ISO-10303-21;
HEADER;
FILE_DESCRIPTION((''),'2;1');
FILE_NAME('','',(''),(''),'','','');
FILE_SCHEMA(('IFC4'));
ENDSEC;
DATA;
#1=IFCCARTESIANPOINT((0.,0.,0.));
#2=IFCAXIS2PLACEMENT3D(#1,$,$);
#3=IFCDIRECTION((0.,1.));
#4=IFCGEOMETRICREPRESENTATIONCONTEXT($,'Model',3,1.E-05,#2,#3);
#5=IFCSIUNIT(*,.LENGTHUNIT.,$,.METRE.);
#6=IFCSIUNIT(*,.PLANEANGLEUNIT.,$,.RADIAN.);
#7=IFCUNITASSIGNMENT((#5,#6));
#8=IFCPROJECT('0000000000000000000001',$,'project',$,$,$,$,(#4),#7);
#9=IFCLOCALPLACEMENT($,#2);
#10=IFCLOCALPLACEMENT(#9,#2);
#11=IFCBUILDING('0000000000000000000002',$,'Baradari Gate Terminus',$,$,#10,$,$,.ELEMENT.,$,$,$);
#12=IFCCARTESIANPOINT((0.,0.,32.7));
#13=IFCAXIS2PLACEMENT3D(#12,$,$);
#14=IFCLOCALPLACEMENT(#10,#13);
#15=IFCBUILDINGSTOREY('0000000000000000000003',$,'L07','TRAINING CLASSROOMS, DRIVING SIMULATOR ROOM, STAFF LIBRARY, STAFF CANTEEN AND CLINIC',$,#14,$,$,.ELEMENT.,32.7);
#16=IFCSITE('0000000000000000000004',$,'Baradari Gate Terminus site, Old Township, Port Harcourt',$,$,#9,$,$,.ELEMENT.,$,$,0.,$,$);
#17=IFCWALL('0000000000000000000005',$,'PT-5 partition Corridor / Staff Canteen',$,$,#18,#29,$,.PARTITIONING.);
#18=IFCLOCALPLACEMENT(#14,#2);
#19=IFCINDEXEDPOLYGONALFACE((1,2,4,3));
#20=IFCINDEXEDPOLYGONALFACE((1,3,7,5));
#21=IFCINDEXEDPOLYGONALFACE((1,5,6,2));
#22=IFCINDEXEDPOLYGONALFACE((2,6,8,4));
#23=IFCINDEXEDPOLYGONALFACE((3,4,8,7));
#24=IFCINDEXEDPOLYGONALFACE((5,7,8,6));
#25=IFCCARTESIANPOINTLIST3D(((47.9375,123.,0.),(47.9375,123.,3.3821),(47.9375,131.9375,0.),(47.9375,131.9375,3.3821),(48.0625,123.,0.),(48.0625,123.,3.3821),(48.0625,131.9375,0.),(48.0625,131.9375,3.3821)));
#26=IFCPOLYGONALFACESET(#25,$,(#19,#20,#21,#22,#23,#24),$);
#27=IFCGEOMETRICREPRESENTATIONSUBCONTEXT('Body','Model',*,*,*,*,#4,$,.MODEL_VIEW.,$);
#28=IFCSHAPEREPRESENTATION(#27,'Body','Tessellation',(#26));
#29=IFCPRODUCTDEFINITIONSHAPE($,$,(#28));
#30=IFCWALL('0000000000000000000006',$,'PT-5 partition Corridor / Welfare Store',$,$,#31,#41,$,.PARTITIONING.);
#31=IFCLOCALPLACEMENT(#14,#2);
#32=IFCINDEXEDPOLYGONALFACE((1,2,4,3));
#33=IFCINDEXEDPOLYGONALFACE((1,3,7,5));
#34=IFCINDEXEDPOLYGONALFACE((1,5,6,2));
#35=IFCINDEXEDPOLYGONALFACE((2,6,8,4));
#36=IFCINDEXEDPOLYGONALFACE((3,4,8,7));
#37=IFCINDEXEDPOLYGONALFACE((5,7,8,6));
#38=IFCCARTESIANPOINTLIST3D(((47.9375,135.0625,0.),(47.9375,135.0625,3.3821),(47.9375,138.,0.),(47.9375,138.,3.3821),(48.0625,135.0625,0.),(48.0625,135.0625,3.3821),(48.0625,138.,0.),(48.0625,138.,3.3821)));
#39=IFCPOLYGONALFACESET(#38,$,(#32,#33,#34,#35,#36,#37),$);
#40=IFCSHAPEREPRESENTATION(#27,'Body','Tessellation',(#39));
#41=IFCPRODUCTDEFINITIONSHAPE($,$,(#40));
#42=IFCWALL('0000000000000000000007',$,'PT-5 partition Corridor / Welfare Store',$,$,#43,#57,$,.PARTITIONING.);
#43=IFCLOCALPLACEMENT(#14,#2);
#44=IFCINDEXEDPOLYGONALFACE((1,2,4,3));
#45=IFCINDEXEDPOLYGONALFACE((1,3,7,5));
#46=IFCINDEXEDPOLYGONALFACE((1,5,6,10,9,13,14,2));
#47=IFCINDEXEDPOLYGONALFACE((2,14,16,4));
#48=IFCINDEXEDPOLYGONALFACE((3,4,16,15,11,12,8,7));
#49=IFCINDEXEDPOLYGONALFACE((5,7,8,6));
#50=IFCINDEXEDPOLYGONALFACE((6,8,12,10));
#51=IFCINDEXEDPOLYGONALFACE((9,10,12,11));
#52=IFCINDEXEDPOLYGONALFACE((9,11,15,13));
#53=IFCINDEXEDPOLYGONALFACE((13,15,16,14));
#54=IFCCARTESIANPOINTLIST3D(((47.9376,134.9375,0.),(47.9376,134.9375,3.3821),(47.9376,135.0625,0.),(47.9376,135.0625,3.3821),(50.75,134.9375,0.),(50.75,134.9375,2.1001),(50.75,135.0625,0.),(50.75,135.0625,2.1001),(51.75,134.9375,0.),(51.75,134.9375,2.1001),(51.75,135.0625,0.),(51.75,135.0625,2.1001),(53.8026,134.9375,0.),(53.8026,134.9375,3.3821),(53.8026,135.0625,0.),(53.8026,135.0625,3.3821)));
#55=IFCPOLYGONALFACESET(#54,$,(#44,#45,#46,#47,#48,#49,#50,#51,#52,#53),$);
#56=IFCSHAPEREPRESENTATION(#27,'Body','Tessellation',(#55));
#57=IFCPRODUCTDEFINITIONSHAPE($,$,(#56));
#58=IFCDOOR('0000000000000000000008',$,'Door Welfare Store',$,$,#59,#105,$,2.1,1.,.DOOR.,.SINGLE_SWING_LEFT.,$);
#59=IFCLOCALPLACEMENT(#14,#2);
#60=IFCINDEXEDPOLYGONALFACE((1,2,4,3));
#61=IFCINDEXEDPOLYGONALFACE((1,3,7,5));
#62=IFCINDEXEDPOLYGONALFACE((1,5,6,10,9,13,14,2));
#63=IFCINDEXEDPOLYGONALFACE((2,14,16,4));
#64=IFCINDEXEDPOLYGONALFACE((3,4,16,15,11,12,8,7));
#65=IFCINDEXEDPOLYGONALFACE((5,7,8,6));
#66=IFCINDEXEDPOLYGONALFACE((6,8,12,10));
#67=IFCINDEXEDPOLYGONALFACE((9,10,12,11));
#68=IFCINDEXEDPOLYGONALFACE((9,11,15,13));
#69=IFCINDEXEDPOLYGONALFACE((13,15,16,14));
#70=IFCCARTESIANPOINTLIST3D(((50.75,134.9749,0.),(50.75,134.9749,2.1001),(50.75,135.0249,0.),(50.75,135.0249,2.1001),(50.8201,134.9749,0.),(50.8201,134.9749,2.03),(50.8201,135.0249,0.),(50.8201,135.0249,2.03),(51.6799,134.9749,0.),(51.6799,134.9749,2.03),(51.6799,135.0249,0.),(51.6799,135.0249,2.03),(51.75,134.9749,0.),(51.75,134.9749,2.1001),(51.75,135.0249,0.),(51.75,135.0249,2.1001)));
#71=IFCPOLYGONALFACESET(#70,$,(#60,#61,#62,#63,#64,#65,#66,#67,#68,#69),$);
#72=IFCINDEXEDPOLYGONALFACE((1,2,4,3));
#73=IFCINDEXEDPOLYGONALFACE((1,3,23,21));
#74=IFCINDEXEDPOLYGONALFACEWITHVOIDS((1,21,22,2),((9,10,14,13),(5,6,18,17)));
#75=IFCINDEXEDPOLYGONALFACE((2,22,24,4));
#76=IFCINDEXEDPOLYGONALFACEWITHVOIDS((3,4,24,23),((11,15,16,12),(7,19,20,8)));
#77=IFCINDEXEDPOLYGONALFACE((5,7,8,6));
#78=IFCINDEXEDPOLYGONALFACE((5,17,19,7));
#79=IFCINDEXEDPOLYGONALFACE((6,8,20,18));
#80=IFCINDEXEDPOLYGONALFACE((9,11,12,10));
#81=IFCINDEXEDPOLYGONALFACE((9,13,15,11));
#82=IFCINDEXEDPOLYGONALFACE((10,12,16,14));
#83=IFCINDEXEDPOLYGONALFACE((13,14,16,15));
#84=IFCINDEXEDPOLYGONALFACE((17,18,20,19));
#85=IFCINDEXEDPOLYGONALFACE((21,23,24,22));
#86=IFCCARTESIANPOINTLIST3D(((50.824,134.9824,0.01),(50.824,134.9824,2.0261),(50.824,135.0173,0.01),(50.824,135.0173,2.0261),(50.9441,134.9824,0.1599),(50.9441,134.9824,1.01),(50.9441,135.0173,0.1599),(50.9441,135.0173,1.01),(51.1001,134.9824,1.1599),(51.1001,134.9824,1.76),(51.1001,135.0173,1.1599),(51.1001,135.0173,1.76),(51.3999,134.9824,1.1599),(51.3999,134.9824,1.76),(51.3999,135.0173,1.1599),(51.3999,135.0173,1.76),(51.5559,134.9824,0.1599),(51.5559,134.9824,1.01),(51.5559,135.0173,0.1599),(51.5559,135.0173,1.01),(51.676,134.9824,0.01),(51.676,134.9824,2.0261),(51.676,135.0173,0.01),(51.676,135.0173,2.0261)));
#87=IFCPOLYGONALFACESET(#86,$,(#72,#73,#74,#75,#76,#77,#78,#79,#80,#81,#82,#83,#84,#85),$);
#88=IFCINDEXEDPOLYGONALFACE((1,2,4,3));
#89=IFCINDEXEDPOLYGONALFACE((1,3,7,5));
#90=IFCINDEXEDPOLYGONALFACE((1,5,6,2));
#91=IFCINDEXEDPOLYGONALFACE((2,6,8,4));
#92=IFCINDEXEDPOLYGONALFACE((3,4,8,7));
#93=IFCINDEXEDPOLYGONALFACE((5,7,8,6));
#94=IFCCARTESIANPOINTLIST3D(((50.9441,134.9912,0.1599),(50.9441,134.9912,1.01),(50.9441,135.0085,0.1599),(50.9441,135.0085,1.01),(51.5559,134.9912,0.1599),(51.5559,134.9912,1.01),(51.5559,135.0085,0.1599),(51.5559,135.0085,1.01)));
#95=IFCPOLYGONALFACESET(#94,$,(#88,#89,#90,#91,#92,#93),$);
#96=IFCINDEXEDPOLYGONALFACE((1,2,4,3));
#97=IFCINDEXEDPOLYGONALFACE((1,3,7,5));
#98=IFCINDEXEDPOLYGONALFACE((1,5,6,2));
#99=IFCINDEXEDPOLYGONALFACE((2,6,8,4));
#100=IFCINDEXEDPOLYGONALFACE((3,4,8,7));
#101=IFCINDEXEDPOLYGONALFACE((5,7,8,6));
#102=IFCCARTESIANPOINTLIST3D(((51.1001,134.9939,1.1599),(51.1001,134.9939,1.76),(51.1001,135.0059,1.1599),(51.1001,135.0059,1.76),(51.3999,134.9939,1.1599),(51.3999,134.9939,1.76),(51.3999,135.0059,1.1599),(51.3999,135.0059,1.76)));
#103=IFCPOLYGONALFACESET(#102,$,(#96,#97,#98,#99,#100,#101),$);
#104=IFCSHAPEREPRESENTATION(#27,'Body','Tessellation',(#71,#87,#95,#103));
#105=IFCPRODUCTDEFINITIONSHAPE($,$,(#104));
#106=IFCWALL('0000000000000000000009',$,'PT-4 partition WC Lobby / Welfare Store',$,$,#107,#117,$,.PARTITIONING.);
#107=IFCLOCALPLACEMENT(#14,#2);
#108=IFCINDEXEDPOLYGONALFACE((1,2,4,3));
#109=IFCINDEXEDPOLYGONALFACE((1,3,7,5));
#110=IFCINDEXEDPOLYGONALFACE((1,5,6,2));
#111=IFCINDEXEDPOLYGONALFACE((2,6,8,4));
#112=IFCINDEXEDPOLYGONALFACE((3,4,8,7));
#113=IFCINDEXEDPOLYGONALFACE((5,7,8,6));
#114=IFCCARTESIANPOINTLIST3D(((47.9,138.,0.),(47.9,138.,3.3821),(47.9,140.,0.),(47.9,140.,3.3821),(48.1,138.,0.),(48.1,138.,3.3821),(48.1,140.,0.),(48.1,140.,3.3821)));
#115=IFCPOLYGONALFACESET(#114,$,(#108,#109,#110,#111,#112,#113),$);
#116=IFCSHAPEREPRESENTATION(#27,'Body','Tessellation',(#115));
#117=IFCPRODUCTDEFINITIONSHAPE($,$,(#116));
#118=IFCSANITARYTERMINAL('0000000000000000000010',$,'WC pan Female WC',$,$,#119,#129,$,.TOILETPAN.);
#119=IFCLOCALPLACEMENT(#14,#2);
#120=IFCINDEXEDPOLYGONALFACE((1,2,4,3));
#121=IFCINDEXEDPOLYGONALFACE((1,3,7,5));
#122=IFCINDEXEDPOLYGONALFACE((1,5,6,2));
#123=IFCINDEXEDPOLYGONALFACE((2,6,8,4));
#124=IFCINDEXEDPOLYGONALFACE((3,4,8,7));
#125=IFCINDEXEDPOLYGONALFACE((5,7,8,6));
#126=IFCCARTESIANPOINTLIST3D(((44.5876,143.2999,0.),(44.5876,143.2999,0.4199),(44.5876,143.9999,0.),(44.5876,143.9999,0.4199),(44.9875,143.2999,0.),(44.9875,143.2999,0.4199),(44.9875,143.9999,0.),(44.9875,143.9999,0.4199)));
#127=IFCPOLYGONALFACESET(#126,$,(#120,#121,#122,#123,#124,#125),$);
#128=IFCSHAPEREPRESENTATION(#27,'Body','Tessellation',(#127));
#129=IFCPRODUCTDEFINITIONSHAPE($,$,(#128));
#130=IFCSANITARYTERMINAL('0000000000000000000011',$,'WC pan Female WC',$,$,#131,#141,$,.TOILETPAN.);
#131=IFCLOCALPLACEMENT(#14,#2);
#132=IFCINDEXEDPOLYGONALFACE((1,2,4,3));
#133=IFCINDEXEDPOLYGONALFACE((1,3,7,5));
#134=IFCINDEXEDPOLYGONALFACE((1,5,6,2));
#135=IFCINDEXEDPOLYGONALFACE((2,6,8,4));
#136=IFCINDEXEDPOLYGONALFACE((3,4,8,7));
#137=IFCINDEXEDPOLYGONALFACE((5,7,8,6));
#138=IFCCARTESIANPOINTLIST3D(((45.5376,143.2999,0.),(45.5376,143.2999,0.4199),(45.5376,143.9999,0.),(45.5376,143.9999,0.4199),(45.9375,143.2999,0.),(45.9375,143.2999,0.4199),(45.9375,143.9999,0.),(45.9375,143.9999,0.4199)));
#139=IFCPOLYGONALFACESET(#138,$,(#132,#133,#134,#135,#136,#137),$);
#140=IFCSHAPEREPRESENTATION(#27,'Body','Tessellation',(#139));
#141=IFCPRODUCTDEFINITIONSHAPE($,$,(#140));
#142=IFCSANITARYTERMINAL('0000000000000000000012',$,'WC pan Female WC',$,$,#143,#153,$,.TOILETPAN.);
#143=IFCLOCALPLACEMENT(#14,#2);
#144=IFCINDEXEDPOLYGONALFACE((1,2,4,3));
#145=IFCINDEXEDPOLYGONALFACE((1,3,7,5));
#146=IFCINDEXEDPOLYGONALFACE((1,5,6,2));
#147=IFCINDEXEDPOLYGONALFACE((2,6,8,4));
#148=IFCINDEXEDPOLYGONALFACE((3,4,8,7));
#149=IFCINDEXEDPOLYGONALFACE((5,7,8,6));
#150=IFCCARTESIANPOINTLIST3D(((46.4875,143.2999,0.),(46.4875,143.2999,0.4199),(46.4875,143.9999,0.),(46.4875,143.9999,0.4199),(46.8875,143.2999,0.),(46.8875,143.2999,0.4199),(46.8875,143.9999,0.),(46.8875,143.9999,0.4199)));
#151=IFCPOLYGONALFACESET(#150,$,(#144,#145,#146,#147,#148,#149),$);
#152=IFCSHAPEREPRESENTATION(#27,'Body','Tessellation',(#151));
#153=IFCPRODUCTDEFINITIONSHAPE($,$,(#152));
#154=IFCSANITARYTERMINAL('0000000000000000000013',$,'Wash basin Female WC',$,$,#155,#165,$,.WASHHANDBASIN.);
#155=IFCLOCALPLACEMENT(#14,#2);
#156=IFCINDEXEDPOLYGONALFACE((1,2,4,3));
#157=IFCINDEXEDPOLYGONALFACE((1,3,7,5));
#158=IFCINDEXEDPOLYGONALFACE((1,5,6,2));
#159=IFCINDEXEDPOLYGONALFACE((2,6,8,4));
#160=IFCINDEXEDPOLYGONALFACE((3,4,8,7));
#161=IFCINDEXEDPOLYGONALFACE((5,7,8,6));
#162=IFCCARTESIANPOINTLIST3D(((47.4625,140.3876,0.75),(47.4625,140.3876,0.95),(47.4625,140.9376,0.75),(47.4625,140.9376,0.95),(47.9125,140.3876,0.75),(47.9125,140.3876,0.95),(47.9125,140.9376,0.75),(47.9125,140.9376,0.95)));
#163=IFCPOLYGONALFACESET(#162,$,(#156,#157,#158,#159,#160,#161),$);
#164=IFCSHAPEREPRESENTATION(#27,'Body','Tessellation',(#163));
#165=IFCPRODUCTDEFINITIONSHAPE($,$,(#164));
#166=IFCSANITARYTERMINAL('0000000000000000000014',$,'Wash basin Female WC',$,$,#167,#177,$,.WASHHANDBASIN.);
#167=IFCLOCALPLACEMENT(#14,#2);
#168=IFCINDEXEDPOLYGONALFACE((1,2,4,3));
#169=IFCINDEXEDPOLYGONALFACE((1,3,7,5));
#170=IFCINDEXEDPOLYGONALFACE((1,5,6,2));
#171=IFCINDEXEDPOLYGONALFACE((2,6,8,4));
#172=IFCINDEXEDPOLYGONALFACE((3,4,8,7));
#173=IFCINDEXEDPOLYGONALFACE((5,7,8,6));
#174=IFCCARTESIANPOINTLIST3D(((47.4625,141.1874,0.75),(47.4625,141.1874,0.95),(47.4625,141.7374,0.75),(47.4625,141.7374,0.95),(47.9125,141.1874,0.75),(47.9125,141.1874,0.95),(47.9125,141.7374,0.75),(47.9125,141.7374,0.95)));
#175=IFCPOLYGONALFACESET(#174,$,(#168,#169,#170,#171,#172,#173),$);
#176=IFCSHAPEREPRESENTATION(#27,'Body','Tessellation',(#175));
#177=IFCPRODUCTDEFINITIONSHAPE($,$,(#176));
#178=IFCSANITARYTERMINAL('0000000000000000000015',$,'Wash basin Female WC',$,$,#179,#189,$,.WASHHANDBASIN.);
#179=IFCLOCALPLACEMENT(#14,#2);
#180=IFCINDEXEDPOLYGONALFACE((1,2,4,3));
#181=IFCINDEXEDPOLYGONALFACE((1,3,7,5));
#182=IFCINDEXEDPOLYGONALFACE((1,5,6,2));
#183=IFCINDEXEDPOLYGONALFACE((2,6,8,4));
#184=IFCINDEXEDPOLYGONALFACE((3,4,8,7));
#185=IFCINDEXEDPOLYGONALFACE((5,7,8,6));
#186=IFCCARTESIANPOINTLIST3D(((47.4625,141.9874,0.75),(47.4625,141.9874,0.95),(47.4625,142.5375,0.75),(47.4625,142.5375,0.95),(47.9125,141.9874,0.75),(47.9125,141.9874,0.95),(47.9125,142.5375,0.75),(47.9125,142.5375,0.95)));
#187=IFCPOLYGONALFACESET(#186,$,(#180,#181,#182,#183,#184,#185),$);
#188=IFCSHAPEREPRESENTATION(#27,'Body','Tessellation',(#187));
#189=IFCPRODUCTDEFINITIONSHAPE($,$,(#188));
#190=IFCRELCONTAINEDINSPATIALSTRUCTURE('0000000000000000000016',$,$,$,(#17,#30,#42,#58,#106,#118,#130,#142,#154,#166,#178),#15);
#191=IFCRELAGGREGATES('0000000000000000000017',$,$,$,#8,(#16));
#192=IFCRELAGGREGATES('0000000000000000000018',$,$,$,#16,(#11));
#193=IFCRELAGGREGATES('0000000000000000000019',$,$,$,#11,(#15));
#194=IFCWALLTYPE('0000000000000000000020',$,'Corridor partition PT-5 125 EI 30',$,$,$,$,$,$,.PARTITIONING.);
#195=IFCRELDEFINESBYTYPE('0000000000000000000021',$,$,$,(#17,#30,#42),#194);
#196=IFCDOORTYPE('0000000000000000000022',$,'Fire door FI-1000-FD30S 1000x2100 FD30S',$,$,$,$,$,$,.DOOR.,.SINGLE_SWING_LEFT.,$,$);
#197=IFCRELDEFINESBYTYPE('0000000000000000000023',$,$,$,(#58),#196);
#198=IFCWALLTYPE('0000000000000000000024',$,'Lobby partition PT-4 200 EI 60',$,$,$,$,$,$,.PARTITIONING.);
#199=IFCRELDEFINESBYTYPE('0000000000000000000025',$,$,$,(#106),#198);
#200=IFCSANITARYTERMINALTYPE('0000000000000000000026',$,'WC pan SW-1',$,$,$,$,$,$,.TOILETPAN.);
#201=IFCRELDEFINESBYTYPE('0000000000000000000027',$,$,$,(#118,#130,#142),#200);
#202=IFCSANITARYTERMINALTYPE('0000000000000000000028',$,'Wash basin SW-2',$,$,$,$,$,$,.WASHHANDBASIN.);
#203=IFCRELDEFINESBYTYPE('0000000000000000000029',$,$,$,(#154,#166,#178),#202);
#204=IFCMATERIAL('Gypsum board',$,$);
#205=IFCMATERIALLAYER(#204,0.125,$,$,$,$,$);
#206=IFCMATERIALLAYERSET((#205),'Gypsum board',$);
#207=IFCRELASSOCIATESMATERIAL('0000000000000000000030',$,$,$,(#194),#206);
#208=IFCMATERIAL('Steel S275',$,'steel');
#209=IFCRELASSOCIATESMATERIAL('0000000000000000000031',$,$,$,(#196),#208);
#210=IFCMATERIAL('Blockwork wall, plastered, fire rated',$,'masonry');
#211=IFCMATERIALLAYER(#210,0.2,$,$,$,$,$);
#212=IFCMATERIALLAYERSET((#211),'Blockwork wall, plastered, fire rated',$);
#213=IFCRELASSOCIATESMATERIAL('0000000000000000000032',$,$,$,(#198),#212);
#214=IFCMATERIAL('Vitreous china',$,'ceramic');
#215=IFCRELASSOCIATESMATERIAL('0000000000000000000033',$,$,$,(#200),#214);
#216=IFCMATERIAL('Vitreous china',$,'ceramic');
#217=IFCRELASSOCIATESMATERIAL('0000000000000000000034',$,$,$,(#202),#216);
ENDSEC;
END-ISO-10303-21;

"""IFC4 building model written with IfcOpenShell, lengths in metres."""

from ifc_helpers import new_model, si_unit, direction, frame, frame_2d, origin, origin_2d, place, context, subcontext, project, spatial, polyline, rectangle, outline, extrude, material, layer, layer_set, type_object, element, fill, save


model = new_model("IFC4")

# Units and contexts
model_context = context("Model", 3, precision=1e-05, world=origin(), true_north=direction((0.0, 1.0)))
body_context = subcontext(model_context, "Body", "Model", "MODEL_VIEW")
ifc_project = project(units=[si_unit("LENGTHUNIT", "METRE"), si_unit("PLANEANGLEUNIT", "RADIAN")], contexts=[model_context])

# Site, building, storey
site_placement = place(None, origin())
site = spatial("IfcSite", under=ifc_project, at=site_placement, Name="Baradari Gate Terminus site, Old Township, Port Harcourt", CompositionType="ELEMENT", RefElevation=0.0)
building_placement = place(site_placement, origin())
building = spatial("IfcBuilding", under=site, at=building_placement, Name="Baradari Gate Terminus", CompositionType="ELEMENT")
storey_placement = place(building_placement, frame((0.0, 0.0, 32.7)))
storey = spatial("IfcBuildingStorey", under=building, at=storey_placement, Name="L07", Description="TRAINING CLASSROOMS, DRIVING SIMULATOR ROOM, STAFF LIBRARY, STAFF CANTEEN AND CLINIC", CompositionType="ELEMENT", Elevation=32.7)

# Walls
ifc_material_1 = material(Name="Gypsum board")
ifc_layer_1 = layer(ifc_material_1, 0.125)
ifc_layer_set_1 = layer_set([ifc_layer_1], Name="Gypsum board")
wall_type_1 = type_object("IfcWallType", Name="Corridor partition PT-5 125 EI 30", PredefinedType="PARTITIONING", material=ifc_layer_set_1)
wall_1_placement = place(storey_placement, frame((48.0, 131.9375, 0.0), z_axis=(0.0, 0.0, 1.0), x_axis=(0.0, -1.0, 0.0)))
element("IfcWall", 1, at=wall_1_placement, inside=storey, type_object=wall_type_1, Name="PT-5 partition Corridor / Staff Canteen", PredefinedType="PARTITIONING", context=body_context, shape_type="SweptSolid", body=[
    extrude(rectangle(XDim=8.9375, YDim=0.125, at=frame_2d((4.4688, 0.0))), origin(), (0.0, 0.0, 1.0), 3.3821),
])
wall_2_placement = place(storey_placement, frame((48.0, 138.0, 0.0), z_axis=(0.0, 0.0, 1.0), x_axis=(0.0, -1.0, 0.0)))
element("IfcWall", 2, at=wall_2_placement, inside=storey, type_object=wall_type_1, Name="PT-5 partition Corridor / Welfare Store", PredefinedType="PARTITIONING", context=body_context, shape_type="SweptSolid", body=[
    extrude(rectangle(XDim=2.9375, YDim=0.125, at=frame_2d((1.4688, 0.0))), origin(), (0.0, 0.0, 1.0), 3.3821),
])

# Wall, opening, door
wall_3_placement = place(storey_placement, frame((47.9375, 135.0, 0.0), z_axis=(0.0, 0.0, 1.0), x_axis=(1.0, 0.0, 0.0)))
wall_3 = element("IfcWall", 3, at=wall_3_placement, inside=storey, type_object=wall_type_1, Name="PT-5 partition Corridor / Welfare Store", PredefinedType="PARTITIONING", context=body_context, shape_type="SweptSolid", body=[
    extrude(rectangle(XDim=5.865, YDim=0.125, at=frame_2d((2.9326, 0.0))), origin(), (0.0, 0.0, 1.0), 3.3821),
])
opening_placement = place(wall_3_placement, frame((2.8125, 0.0, 0.0)))
opening = element("IfcOpeningElement", 4, at=opening_placement, cuts=wall_3, PredefinedType="OPENING", context=body_context, shape_type="SweptSolid", body=[
    extrude(rectangle(XDim=1.0, YDim=2.1001, at=frame_2d((0.5, 1.05))), frame((0.0, 0.0725, 0.0), z_axis=(0.0, -1.0, 0.0), x_axis=(1.0, 0.0, 0.0)), (0.0, 0.0, 1.0), 0.145),
])
ifc_material_2 = material(Name="Steel S275", Category="steel")
door_type = type_object("IfcDoorType", Name="Fire door FI-1000-FD30S 1000x2100 FD30S", OperationType="SINGLE_SWING_LEFT", PredefinedType="DOOR", material=ifc_material_2)
door_placement = place(opening_placement, origin())
door = element("IfcDoor", 5, at=door_placement, inside=storey, type_object=door_type, Name="Door Welfare Store", OperationType="SINGLE_SWING_LEFT", OverallHeight=2.1, OverallWidth=1.0, PredefinedType="DOOR", context=body_context, shape_type="SweptSolid", body=[
    extrude(outline(polyline([(0.0, 0.0), (0.0701, 0.0), (0.0701, 2.03), (0.9299, 2.03), (0.9299, 0.0), (1.0, 0.0), (1.0, 2.1001), (0.0, 2.1001), (0.0, 0.0)])), frame((0.0, 0.0249, 0.0), z_axis=(0.0, -1.0, 0.0), x_axis=(1.0, 0.0, 0.0)), (0.0, 0.0, 1.0), 0.05),
    extrude(outline(polyline([(0.074, 0.01), (0.926, 0.01), (0.926, 2.0261), (0.074, 2.0261), (0.074, 0.01)]), holes=[polyline([(0.1941, 0.1599), (0.8059, 0.1599), (0.8059, 1.01), (0.1941, 1.01), (0.1941, 0.1599)]), polyline([(0.3501, 1.1599), (0.6499, 1.1599), (0.6499, 1.76), (0.3501, 1.76), (0.3501, 1.1599)])]), frame((0.0, 0.0173, 0.0), z_axis=(0.0, -1.0, 0.0), x_axis=(1.0, 0.0, 0.0)), (0.0, 0.0, 1.0), 0.0349),
    extrude(rectangle(XDim=0.6118, YDim=0.8501, at=frame_2d((0.5, 0.585))), frame((0.0, 0.0085, 0.0), z_axis=(0.0, -1.0, 0.0), x_axis=(1.0, 0.0, 0.0)), (0.0, 0.0, 1.0), 0.0173),
    extrude(rectangle(XDim=0.2998, YDim=0.6001, at=frame_2d((0.5, 1.46))), frame((0.0, 0.0059, 0.0), z_axis=(0.0, -1.0, 0.0), x_axis=(1.0, 0.0, 0.0)), (0.0, 0.0, 1.0), 0.012),
])
fill(opening, door)

# Wall
ifc_material_3 = material(Name="Blockwork wall, plastered, fire rated", Category="masonry")
ifc_layer_2 = layer(ifc_material_3, 0.2)
ifc_layer_set_2 = layer_set([ifc_layer_2], Name="Blockwork wall, plastered, fire rated")
wall_type_2 = type_object("IfcWallType", Name="Lobby partition PT-4 200 EI 60", PredefinedType="PARTITIONING", material=ifc_layer_set_2)
wall_4_placement = place(storey_placement, frame((48.0, 140.0, 0.0), z_axis=(0.0, 0.0, 1.0), x_axis=(0.0, -1.0, 0.0)))
element("IfcWall", 6, at=wall_4_placement, inside=storey, type_object=wall_type_2, Name="PT-4 partition WC Lobby / Welfare Store", PredefinedType="PARTITIONING", context=body_context, shape_type="SweptSolid", body=[
    extrude(rectangle(XDim=2.0, YDim=0.2, at=frame_2d((1.0, 0.0))), origin(), (0.0, 0.0, 1.0), 3.3821),
])

# Sanitary terminals
ifc_material_4 = material(Name="Vitreous china", Category="ceramic")
sanitary_terminal_type_1 = type_object("IfcSanitaryTerminalType", Name="WC pan SW-1", PredefinedType="TOILETPAN", material=ifc_material_4)
for number, where, z_axis, x_axis, name in (
    (7, (44.7876, 143.6499, 0.0), (0.0, 0.0, 1.0), (1.0, 0.0, 0.0), "WC pan Female WC"),
    (8, (45.7375, 143.6499, 0.0), (0.0, 0.0, 1.0), (1.0, 0.0, 0.0), "WC pan Female WC"),
    (9, (46.6875, 143.6499, 0.0), (0.0, 0.0, 1.0), (1.0, 0.0, 0.0), "WC pan Female WC"),
):
    element("IfcSanitaryTerminal", number, at=place(storey_placement, frame(where, z_axis=z_axis, x_axis=x_axis)), inside=storey, type_object=sanitary_terminal_type_1, Name=name, PredefinedType="TOILETPAN", context=body_context, shape_type="SweptSolid", body=[
        extrude(rectangle(XDim=0.3999, YDim=0.7, at=origin_2d()), origin(), (0.0, 0.0, 1.0), 0.4199),
    ])
ifc_material_5 = material(Name="Vitreous china", Category="ceramic")
sanitary_terminal_type_2 = type_object("IfcSanitaryTerminalType", Name="Wash basin SW-2", PredefinedType="WASHHANDBASIN", material=ifc_material_5)
for number, where, z_axis, x_axis, name in (
    (10, (47.6875, 140.6626, 0.75), (0.0, 0.0, 1.0), (1.0, 0.0, 0.0), "Wash basin Female WC"),
    (11, (47.6875, 141.4624, 0.75), (0.0, 0.0, 1.0), (1.0, 0.0, 0.0), "Wash basin Female WC"),
    (12, (47.6875, 142.2625, 0.75), (0.0, 0.0, 1.0), (1.0, 0.0, 0.0), "Wash basin Female WC"),
):
    element("IfcSanitaryTerminal", number, at=place(storey_placement, frame(where, z_axis=z_axis, x_axis=x_axis)), inside=storey, type_object=sanitary_terminal_type_2, Name=name, PredefinedType="WASHHANDBASIN", context=body_context, shape_type="SweptSolid", body=[
        extrude(rectangle(XDim=0.45, YDim=0.55, at=origin_2d()), origin(), (0.0, 0.0, 1.0), 0.2),
    ])

save(model, "model.ifc")
